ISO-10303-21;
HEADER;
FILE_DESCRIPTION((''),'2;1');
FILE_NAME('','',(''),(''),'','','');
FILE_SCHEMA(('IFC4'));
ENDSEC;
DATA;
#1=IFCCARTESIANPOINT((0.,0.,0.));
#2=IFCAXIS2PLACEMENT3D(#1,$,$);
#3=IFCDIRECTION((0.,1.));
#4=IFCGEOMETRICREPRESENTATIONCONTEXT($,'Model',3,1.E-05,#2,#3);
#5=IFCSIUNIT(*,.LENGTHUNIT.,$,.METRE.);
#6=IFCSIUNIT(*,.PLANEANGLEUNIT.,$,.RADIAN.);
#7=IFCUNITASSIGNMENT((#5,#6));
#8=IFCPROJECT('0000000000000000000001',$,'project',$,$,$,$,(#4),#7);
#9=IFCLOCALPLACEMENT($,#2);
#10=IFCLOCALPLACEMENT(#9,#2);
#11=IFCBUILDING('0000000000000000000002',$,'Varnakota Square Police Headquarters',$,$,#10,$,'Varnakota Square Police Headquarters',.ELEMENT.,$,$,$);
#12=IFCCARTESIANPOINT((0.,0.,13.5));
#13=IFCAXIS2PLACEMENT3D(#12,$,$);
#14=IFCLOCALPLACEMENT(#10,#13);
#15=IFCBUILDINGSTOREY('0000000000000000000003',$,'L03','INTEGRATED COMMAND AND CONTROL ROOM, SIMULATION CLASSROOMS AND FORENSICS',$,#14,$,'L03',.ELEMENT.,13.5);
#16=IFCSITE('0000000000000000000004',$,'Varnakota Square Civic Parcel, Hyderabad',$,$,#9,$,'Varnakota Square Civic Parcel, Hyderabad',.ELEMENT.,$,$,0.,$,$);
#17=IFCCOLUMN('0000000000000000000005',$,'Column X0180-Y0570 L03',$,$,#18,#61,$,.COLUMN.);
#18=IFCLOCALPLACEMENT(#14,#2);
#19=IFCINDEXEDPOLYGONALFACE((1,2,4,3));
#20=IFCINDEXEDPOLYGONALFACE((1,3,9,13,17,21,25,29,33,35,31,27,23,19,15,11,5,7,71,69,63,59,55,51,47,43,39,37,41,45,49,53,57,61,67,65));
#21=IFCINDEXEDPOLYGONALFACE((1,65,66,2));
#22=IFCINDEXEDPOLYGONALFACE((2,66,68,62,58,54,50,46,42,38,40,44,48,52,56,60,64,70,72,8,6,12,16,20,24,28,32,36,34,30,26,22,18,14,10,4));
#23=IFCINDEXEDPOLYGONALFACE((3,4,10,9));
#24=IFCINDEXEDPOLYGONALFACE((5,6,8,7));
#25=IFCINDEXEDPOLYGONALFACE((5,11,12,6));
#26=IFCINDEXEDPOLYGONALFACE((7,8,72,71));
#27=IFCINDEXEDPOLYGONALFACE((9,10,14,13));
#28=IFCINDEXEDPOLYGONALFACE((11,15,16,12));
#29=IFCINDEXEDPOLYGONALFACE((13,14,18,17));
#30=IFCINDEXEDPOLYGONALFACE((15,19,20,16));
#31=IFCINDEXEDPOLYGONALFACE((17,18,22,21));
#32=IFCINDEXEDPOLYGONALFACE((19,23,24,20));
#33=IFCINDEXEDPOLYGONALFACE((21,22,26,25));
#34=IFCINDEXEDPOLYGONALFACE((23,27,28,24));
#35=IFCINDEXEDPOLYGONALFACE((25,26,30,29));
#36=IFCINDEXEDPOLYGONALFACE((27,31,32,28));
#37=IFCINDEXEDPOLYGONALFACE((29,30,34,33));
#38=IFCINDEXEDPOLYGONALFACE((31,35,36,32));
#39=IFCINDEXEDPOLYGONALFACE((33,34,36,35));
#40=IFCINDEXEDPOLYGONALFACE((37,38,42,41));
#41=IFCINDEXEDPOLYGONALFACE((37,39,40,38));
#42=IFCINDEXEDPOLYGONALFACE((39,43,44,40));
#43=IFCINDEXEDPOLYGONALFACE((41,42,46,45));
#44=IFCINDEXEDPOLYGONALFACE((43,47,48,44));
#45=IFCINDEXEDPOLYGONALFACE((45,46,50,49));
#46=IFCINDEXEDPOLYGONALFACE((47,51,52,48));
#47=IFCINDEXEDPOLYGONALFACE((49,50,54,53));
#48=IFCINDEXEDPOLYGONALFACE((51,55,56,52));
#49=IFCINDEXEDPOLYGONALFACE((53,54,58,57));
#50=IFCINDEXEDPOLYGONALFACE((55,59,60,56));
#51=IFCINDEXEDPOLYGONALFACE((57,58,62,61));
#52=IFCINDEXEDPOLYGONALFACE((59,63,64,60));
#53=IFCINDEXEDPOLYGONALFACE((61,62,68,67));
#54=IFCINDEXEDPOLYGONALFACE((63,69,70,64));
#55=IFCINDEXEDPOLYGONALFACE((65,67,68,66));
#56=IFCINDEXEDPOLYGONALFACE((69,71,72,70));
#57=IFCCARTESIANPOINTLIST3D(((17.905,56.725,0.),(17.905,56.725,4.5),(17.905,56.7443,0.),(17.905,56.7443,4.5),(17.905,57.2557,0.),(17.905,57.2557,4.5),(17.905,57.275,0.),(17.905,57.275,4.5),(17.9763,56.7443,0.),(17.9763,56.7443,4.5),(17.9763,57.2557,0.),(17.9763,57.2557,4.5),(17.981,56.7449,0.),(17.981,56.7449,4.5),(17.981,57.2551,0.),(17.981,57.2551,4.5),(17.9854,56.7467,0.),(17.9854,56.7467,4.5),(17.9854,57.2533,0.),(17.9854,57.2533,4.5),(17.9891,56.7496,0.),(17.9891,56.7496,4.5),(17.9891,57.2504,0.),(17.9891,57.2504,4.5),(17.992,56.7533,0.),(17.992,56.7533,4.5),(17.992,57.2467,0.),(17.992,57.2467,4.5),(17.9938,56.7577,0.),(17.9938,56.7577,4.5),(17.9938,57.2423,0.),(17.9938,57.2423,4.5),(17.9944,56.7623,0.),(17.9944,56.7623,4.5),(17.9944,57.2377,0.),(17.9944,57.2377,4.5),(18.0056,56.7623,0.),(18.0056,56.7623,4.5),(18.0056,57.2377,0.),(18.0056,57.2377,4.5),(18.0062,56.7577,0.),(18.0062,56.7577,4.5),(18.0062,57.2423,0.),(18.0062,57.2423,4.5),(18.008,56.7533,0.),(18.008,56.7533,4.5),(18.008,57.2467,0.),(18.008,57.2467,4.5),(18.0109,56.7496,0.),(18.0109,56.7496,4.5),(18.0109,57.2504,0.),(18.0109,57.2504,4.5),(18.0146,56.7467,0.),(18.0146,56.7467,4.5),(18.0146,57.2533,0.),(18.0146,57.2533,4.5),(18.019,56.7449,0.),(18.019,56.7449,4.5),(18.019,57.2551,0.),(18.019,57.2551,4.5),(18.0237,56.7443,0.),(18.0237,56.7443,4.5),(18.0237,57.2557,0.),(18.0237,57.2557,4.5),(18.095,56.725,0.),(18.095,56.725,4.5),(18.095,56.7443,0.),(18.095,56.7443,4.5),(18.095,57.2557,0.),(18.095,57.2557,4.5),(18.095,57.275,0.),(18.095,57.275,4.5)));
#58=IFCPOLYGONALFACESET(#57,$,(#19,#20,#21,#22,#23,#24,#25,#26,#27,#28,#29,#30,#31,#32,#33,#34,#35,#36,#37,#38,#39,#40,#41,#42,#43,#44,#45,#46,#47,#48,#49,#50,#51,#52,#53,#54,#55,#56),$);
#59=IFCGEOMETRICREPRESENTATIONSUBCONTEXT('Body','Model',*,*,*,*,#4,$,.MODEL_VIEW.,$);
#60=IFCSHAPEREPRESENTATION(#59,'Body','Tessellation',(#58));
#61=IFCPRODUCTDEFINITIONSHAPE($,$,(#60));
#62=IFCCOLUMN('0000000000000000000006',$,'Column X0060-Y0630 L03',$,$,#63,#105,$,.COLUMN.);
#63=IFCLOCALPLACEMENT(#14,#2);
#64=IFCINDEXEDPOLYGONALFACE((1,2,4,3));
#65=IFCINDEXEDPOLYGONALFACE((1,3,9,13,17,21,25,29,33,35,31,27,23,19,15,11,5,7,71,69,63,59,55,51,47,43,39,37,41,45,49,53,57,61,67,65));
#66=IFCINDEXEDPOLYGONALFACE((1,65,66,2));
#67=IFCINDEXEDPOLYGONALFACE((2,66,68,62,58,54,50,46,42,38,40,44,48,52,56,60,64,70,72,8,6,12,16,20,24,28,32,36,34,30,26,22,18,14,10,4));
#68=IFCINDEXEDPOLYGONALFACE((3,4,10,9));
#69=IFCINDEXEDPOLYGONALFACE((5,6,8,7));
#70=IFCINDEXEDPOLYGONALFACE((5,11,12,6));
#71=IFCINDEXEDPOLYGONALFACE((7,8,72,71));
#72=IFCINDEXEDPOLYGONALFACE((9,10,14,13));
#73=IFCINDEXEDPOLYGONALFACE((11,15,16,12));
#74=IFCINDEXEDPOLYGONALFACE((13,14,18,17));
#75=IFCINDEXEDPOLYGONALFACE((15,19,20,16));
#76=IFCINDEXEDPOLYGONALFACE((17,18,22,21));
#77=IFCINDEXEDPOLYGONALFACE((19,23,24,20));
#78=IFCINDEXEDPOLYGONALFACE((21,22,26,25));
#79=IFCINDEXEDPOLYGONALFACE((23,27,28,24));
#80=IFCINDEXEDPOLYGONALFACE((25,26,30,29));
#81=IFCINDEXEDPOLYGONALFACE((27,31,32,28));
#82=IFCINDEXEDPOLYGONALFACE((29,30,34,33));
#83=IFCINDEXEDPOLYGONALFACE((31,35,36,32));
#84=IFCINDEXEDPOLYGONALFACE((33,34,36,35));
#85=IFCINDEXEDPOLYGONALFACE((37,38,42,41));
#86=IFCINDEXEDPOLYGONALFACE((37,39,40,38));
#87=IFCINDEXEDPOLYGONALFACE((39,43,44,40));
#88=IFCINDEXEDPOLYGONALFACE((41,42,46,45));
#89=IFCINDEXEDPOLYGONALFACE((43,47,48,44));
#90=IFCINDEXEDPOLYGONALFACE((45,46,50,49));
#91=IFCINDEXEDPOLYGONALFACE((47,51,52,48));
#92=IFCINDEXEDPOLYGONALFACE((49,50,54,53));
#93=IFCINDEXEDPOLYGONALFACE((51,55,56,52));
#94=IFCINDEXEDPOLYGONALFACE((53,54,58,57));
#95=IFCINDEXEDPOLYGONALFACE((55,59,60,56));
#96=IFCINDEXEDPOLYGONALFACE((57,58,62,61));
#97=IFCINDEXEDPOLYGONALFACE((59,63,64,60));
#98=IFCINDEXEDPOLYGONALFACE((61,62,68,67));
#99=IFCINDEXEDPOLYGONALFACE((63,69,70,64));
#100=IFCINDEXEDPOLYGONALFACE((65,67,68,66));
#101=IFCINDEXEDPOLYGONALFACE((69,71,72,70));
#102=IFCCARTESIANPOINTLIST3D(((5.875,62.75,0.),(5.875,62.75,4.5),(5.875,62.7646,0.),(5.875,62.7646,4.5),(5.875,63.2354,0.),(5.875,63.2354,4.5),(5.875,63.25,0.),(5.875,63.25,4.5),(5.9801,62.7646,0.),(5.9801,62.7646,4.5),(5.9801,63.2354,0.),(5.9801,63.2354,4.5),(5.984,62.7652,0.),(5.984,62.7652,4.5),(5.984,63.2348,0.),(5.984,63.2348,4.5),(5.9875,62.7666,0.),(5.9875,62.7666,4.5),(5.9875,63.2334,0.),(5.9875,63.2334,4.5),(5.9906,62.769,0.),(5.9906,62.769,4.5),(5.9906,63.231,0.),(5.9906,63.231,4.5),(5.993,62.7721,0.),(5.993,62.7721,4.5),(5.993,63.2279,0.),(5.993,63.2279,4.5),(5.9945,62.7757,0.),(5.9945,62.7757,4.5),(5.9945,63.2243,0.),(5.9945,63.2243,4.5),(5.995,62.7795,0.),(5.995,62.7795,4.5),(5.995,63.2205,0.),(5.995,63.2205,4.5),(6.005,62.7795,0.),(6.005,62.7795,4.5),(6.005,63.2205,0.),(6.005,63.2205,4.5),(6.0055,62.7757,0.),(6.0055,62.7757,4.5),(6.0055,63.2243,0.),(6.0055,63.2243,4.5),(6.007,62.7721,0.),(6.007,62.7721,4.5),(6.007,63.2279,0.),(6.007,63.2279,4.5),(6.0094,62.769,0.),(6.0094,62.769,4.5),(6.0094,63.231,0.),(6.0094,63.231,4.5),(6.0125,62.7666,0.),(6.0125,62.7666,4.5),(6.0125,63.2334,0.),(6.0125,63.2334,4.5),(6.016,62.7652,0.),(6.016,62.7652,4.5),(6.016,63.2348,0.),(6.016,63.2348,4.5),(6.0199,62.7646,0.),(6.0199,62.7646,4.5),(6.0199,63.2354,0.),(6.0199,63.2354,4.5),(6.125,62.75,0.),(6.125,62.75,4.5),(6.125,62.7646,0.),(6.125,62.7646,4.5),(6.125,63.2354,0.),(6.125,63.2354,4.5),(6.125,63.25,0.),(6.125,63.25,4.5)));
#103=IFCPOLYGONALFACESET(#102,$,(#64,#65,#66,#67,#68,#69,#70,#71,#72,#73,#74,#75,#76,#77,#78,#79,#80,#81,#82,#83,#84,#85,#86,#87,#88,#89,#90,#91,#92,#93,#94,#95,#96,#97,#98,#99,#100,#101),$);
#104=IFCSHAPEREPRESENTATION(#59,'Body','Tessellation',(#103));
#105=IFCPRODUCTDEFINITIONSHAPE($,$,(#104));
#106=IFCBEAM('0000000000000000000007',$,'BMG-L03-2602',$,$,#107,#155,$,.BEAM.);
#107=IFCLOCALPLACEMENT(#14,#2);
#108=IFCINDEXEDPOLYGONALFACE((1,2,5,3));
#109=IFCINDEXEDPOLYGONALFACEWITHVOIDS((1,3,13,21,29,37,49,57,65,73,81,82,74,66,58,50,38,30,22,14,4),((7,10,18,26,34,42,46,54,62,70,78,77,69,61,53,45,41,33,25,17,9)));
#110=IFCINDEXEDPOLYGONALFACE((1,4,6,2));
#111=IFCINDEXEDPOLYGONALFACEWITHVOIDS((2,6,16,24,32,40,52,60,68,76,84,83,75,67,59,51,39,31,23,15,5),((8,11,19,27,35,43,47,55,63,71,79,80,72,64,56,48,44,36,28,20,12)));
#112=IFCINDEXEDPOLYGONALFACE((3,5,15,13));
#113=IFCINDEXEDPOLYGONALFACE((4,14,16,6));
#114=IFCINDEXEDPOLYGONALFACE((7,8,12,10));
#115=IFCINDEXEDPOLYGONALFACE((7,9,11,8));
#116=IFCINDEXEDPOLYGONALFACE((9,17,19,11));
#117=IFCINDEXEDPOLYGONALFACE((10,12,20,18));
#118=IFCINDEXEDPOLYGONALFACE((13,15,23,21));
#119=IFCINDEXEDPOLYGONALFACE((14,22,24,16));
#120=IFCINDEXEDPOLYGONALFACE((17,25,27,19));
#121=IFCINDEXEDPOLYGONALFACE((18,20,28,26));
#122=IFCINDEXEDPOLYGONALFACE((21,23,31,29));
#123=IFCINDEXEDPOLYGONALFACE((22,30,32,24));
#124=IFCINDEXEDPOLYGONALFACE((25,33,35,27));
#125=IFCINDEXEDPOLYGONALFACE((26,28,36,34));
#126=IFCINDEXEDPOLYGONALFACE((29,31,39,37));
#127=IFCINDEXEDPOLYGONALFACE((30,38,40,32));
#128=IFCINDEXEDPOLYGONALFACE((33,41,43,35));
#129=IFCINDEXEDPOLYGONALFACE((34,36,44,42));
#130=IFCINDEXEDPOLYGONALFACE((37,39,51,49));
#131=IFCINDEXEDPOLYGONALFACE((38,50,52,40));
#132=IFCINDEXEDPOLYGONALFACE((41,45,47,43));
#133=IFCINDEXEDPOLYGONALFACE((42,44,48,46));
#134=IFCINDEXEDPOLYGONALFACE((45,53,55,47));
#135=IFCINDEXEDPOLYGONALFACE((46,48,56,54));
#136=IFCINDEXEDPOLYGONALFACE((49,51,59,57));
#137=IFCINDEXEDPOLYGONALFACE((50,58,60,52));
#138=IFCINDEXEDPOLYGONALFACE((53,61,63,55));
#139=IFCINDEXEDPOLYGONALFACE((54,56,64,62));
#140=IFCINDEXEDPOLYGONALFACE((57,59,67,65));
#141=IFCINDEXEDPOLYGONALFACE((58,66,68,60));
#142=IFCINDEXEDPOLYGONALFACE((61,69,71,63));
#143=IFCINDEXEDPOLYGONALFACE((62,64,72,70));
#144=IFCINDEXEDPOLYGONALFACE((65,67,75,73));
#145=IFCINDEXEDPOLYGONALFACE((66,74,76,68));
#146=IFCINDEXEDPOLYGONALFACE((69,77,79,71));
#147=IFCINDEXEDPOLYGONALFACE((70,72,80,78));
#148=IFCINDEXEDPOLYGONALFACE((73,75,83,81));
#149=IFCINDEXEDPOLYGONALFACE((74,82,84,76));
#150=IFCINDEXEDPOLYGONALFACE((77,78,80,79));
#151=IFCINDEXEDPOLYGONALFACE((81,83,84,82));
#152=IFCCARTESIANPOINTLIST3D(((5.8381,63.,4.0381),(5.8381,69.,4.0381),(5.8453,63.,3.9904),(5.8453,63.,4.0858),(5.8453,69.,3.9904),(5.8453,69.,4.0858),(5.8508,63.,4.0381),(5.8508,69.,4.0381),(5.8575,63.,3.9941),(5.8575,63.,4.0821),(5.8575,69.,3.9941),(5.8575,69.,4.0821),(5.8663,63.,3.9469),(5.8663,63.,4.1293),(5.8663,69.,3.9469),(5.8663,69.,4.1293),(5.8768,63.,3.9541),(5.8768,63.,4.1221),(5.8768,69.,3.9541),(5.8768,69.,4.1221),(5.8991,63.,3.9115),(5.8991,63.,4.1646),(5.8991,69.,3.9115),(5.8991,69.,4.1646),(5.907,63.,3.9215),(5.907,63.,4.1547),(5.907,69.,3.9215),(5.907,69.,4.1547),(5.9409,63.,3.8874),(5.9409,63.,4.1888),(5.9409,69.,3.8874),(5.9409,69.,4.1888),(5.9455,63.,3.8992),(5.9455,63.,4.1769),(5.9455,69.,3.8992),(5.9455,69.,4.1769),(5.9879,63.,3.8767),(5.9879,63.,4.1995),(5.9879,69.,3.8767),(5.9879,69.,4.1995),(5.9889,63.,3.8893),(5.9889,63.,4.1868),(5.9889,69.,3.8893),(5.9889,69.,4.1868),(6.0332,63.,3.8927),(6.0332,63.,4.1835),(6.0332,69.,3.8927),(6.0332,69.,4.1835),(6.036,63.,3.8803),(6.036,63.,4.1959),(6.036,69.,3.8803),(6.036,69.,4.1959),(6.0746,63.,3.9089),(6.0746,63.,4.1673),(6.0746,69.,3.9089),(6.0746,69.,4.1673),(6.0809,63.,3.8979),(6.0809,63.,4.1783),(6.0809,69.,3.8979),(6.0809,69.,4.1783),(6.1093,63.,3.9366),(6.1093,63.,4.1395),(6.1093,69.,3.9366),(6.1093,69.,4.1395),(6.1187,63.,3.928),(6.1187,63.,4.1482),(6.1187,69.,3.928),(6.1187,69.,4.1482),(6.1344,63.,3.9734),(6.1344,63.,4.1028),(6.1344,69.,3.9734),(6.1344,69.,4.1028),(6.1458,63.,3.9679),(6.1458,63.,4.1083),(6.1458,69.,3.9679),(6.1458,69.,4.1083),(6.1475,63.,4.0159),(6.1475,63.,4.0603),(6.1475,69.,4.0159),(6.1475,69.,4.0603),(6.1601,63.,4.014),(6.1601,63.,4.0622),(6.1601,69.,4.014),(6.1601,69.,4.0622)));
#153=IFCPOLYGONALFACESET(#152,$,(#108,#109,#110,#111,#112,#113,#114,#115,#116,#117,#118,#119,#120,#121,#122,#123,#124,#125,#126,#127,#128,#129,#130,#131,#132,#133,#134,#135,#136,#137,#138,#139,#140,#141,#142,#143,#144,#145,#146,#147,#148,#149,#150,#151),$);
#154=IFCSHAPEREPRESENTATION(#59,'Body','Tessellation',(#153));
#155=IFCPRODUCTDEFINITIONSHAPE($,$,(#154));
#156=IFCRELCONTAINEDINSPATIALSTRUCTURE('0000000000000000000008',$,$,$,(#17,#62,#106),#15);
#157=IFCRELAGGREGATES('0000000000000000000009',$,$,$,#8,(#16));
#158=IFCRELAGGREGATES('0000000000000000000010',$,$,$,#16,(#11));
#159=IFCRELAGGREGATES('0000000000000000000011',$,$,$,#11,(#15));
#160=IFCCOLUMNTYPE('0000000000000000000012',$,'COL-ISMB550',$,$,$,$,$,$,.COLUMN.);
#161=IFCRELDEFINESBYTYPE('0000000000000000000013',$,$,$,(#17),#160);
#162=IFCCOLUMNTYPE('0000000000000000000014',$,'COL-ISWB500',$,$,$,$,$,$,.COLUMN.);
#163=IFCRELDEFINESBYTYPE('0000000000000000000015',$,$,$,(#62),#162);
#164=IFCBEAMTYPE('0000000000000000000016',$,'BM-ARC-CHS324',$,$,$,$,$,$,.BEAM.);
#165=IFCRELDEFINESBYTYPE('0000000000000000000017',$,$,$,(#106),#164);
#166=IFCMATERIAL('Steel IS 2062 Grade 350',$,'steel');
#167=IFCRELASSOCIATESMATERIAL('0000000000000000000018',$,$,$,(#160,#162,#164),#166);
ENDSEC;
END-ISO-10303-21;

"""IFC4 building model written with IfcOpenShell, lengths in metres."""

from ifc_helpers import new_model, si_unit, direction, frame, origin, origin_2d, place, context, subcontext, project, spatial, hollow_circle, i_section, extrude, material, material_profile, profile_set, type_object, element, save


model = new_model("IFC4")

# Units and contexts
model_context = context("Model", 3, precision=1e-05, world=origin(), true_north=direction((0.0, 1.0)))
body_context = subcontext(model_context, "Body", "Model", "MODEL_VIEW")
ifc_project = project(units=[si_unit("LENGTHUNIT", "METRE"), si_unit("PLANEANGLEUNIT", "RADIAN")], contexts=[model_context])

# Site, building, storey
site_placement = place(None, origin())
site = spatial("IfcSite", under=ifc_project, at=site_placement, Name="Varnakota Square Civic Parcel, Hyderabad", LongName="Varnakota Square Civic Parcel, Hyderabad", CompositionType="ELEMENT", RefElevation=0.0)
building_placement = place(site_placement, origin())
building = spatial("IfcBuilding", under=site, at=building_placement, Name="Varnakota Square Police Headquarters", LongName="Varnakota Square Police Headquarters", CompositionType="ELEMENT")
storey_placement = place(building_placement, frame((0.0, 0.0, 13.5)))
storey = spatial("IfcBuildingStorey", under=building, at=storey_placement, Name="L03", Description="INTEGRATED COMMAND AND CONTROL ROOM, SIMULATION CLASSROOMS AND FORENSICS", LongName="L03", CompositionType="ELEMENT", Elevation=13.5)

# Columns
ifc_material_1 = material(Name="Steel IS 2062 Grade 350", Category="steel")
ifc_material_profile_1 = material_profile(ifc_material_1, i_section(OverallWidth=0.1899, OverallDepth=0.55, WebThickness=0.0112, FlangeThickness=0.0193, FilletRadius=0.0181, at=origin_2d()), Name="ISMB 550")
ifc_profile_set_1 = profile_set([ifc_material_profile_1], Name="Steel IS 2062 Grade 350")
column_type_1 = type_object("IfcColumnType", Name="COL-ISMB550", PredefinedType="COLUMN", material=ifc_profile_set_1)
for number, where, z_axis, x_axis, name in (
    (1, (18.0, 57.0, 0.0), (0.0, 0.0, 1.0), (1.0, 0.0, 0.0), "Column X0180-Y0570 L03"),
):
    element("IfcColumn", number, at=place(storey_placement, frame(where, z_axis=z_axis, x_axis=x_axis)), inside=storey, type_object=column_type_1, Name=name, PredefinedType="COLUMN", context=body_context, shape_type="SweptSolid", body=[
        extrude(i_section(OverallWidth=0.1899, OverallDepth=0.55, WebThickness=0.0112, FlangeThickness=0.0193, FilletRadius=0.0181, at=origin_2d()), origin(), (0.0, 0.0, 1.0), 4.5),
    ])
ifc_material_profile_2 = material_profile(ifc_material_1, i_section(OverallWidth=0.25, OverallDepth=0.5, WebThickness=0.01, FlangeThickness=0.0146, FilletRadius=0.0149, at=origin_2d()), Name="ISWB 500")
ifc_profile_set_2 = profile_set([ifc_material_profile_2], Name="Steel IS 2062 Grade 350")
column_type_2 = type_object("IfcColumnType", Name="COL-ISWB500", PredefinedType="COLUMN", material=ifc_profile_set_2)
column_placement = place(storey_placement, frame((6.0, 63.0, 0.0), z_axis=(0.0, 0.0, 1.0), x_axis=(1.0, 0.0, 0.0)))
element("IfcColumn", 2, at=column_placement, inside=storey, type_object=column_type_2, Name="Column X0060-Y0630 L03", PredefinedType="COLUMN", context=body_context, shape_type="SweptSolid", body=[
    extrude(i_section(OverallWidth=0.25, OverallDepth=0.5, WebThickness=0.01, FlangeThickness=0.0146, FilletRadius=0.0149, at=origin_2d()), origin(), (0.0, 0.0, 1.0), 4.5),
])

# Beam
ifc_material_profile_3 = material_profile(ifc_material_1, hollow_circle(Radius=0.1619, WallThickness=0.0127, at=origin_2d()), Name="CHS 323.9x12.7")
ifc_profile_set_3 = profile_set([ifc_material_profile_3], Name="Steel IS 2062 Grade 350")
beam_type_1 = type_object("IfcBeamType", Name="BM-ARC-CHS324", PredefinedType="BEAM", material=ifc_profile_set_3)
for number, where, z_axis, x_axis, name in (
    (3, (6.0, 63.0, 4.0381), (0.0, 1.0, 0.0), (-1.0, 0.0, 0.0), "BMG-L03-2602"),
):
    element("IfcBeam", number, at=place(storey_placement, frame(where, z_axis=z_axis, x_axis=x_axis)), inside=storey, type_object=beam_type_1, Name=name, PredefinedType="BEAM", context=body_context, shape_type="SweptSolid", body=[
        extrude(hollow_circle(Radius=0.1619, WallThickness=0.0127, at=origin_2d()), origin(), (0.0, 0.0, 1.0), 6.0),
    ])

save(model, "model.ifc")
